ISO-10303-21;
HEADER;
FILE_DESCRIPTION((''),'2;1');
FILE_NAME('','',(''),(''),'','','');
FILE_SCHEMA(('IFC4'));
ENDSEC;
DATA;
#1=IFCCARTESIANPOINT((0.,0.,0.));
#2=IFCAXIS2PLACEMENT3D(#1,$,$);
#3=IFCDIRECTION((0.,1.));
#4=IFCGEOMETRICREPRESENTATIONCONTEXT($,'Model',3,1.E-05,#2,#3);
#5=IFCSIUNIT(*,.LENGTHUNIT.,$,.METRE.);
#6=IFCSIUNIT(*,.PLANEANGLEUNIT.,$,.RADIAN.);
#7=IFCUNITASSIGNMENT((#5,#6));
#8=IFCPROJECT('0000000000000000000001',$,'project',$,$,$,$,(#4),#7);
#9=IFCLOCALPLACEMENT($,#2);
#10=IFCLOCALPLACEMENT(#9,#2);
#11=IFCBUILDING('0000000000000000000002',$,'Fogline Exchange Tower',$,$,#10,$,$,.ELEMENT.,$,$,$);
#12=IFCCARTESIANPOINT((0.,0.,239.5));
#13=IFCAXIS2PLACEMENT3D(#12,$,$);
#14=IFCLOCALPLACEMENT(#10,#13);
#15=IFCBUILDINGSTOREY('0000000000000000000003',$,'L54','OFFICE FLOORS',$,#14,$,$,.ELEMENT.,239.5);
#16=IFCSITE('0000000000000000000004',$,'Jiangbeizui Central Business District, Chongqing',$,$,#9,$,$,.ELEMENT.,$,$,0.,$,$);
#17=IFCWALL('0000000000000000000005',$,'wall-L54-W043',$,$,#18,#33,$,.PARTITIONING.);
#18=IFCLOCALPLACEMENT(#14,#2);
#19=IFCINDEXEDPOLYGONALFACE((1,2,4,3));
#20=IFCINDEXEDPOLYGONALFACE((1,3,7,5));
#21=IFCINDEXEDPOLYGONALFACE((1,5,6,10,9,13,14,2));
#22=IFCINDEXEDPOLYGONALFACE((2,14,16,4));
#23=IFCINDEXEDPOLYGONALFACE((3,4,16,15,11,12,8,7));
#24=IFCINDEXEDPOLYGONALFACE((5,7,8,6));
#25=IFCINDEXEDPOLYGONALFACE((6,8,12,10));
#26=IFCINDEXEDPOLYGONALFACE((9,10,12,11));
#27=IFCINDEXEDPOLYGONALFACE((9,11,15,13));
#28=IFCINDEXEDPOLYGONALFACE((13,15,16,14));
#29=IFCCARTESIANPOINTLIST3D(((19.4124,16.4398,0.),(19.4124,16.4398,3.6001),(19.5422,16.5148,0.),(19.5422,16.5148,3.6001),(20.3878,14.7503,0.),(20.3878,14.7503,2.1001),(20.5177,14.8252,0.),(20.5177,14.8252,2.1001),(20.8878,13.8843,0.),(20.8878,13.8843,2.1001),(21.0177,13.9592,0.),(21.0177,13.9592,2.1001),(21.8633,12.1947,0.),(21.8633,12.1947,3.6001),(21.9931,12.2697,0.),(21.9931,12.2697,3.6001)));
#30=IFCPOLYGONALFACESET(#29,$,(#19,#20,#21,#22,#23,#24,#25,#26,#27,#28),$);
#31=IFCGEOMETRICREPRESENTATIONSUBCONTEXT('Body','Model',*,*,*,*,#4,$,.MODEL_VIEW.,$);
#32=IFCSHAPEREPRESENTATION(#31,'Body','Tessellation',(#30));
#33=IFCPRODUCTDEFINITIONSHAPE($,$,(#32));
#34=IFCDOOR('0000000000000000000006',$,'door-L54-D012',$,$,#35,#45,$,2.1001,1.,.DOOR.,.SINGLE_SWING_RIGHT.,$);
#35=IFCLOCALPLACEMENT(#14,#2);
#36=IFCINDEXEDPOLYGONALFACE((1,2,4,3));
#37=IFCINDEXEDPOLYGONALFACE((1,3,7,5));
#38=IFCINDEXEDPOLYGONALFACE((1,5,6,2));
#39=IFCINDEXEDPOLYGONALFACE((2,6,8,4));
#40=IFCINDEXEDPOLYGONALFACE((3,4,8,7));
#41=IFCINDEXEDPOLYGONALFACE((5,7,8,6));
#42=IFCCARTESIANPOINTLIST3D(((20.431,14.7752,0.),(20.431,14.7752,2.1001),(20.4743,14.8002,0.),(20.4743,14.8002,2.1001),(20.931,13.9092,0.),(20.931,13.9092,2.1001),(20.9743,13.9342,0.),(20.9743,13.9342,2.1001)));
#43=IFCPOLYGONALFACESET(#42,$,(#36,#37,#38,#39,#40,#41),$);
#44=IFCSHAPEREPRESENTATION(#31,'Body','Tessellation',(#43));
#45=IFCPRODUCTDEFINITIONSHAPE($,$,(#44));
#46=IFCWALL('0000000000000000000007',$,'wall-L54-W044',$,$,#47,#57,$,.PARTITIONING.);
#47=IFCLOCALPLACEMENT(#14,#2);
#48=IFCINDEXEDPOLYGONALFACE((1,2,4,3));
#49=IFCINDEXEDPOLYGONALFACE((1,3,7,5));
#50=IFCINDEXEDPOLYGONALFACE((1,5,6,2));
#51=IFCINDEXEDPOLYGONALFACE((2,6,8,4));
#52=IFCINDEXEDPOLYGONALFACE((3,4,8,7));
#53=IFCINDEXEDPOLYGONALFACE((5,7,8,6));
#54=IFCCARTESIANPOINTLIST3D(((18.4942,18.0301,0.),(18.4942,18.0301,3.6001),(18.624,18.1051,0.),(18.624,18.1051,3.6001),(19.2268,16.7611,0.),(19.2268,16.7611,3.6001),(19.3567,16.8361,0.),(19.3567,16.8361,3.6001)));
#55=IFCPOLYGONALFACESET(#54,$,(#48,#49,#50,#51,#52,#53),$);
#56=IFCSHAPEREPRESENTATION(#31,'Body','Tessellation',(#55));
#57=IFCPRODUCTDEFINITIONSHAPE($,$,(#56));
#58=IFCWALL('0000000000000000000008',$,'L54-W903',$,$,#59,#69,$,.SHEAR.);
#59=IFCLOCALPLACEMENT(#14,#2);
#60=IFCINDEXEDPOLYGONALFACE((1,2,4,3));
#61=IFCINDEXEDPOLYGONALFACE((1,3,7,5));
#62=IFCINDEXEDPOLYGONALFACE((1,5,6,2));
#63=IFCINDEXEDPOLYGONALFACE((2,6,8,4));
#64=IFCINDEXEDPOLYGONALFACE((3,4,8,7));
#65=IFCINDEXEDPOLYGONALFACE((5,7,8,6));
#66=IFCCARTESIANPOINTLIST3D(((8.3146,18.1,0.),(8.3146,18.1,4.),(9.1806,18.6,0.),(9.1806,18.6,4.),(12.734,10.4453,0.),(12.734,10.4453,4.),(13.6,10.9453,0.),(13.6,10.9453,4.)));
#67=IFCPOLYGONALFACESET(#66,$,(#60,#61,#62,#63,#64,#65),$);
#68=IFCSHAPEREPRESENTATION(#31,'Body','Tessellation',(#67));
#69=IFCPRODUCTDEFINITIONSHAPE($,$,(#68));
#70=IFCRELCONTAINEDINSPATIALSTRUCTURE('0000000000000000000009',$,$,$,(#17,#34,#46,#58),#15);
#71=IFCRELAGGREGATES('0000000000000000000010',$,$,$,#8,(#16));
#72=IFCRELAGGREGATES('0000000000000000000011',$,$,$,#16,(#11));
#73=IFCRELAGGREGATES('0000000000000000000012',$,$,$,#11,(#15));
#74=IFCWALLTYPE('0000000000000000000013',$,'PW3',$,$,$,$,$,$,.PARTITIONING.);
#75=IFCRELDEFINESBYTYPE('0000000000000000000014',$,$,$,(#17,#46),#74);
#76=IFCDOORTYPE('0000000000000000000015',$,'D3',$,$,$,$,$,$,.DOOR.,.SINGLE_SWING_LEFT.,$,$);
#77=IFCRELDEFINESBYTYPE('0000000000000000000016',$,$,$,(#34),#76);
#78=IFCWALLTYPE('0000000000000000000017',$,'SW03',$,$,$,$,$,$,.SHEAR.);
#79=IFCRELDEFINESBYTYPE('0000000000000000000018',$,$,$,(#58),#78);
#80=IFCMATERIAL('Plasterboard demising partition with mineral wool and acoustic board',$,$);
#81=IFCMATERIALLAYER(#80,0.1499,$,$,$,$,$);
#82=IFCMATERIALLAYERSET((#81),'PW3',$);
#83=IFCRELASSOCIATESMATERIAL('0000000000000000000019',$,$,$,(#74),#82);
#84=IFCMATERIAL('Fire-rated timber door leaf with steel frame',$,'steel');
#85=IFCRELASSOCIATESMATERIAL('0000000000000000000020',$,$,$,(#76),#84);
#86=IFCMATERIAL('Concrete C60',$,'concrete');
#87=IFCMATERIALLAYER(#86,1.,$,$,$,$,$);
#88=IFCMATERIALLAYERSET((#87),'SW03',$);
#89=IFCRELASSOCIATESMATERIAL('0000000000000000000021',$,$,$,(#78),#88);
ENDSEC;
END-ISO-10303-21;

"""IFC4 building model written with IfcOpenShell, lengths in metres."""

from ifc_helpers import new_model, si_unit, direction, frame, frame_2d, origin, place, context, subcontext, project, spatial, rectangle, extrude, material, layer, layer_set, type_object, element, fill, save


model = new_model("IFC4")

# Units and contexts
model_context = context("Model", 3, precision=1e-05, world=origin(), true_north=direction((0.0, 1.0)))
body_context = subcontext(model_context, "Body", "Model", "MODEL_VIEW")
ifc_project = project(units=[si_unit("LENGTHUNIT", "METRE"), si_unit("PLANEANGLEUNIT", "RADIAN")], contexts=[model_context])

# Site, building, storey
site_placement = place(None, origin())
site = spatial("IfcSite", under=ifc_project, at=site_placement, Name="Jiangbeizui Central Business District, Chongqing", CompositionType="ELEMENT", RefElevation=0.0)
building_placement = place(site_placement, origin())
building = spatial("IfcBuilding", under=site, at=building_placement, Name="Fogline Exchange Tower", CompositionType="ELEMENT")
storey_placement = place(building_placement, frame((0.0, 0.0, 239.5)))
storey = spatial("IfcBuildingStorey", under=building, at=storey_placement, Name="L54", Description="OFFICE FLOORS", CompositionType="ELEMENT", Elevation=239.5)

# Shared definitions
ifc_material_1 = material(Name="Concrete C60", Category="concrete")

# Shared definitions
ifc_material_2 = material(Name="Plasterboard demising partition with mineral wool and acoustic board")
ifc_layer_1 = layer(ifc_material_2, 0.1499)
ifc_layer_set_1 = layer_set([ifc_layer_1], Name="PW3")
wall_type_1 = type_object("IfcWallType", Name="PW3", PredefinedType="PARTITIONING", material=ifc_layer_set_1)

# Wall, opening, door
ifc_material_3 = material(Name="Fire-rated timber door leaf with steel frame", Category="steel")
door_type_1 = type_object("IfcDoorType", Name="D3", OperationType="SINGLE_SWING_LEFT", PredefinedType="DOOR", material=ifc_material_3)
wall_1_placement = place(storey_placement, frame((21.9282, 12.2322, 0.0), z_axis=(0.0, 0.0, 1.0), x_axis=(-0.500001, 0.866025, 0.0)))
wall_1 = element("IfcWall", 1, at=wall_1_placement, inside=storey, type_object=wall_type_1, Name="wall-L54-W043", PredefinedType="PARTITIONING", context=body_context, shape_type="SweptSolid", body=[
    extrude(rectangle(XDim=4.9019, YDim=0.1499, at=frame_2d((2.4509, 0.0))), origin(), (0.0, 0.0, 1.0), 3.6001),
])
opening_1_placement = place(wall_1_placement, frame((1.9509, 0.0, 0.0)))
opening_1 = element("IfcOpeningElement", 2, at=opening_1_placement, cuts=wall_1, PredefinedType="OPENING", context=body_context, shape_type="SweptSolid", body=[
    extrude(rectangle(XDim=1.0, YDim=2.1001, at=frame_2d((0.5, 1.05))), frame((0.0, 0.085, 0.0), z_axis=(0.0, -1.0, 0.0), x_axis=(1.0, 0.0, 0.0)), (0.0, 0.0, 1.0), 0.1699),
])
door_1_placement = place(opening_1_placement, frame((1.0, 0.0, 0.0), z_axis=(0.0, 0.0, 1.0), x_axis=(-1.0, 0.0, 0.0)))
door_1 = element("IfcDoor", 3, at=door_1_placement, inside=storey, type_object=door_type_1, Name="door-L54-D012", OperationType="SINGLE_SWING_RIGHT", OverallHeight=2.1001, OverallWidth=1.0, PredefinedType="DOOR", context=body_context, shape_type="SweptSolid", body=[
    extrude(rectangle(XDim=1.0, YDim=2.1001, at=frame_2d((0.5, 1.05))), frame((0.0, 0.0249, 0.0), z_axis=(0.0, -1.0, 0.0), x_axis=(1.0, 0.0, 0.0)), (0.0, 0.0, 1.0), 0.05),
])
fill(opening_1, door_1)

# Walls
wall_2_placement = place(storey_placement, frame((19.2917, 16.7986, 0.0), z_axis=(0.0, 0.0, 1.0), x_axis=(-0.499992, 0.86603, 0.0)))
element("IfcWall", 4, at=wall_2_placement, inside=storey, type_object=wall_type_1, Name="wall-L54-W044", PredefinedType="PARTITIONING", context=body_context, shape_type="SweptSolid", body=[
    extrude(rectangle(XDim=1.4653, YDim=0.1499, at=frame_2d((0.7327, 0.0))), origin(), (0.0, 0.0, 1.0), 3.6001),
])
ifc_layer_2 = layer(ifc_material_1, 1.0)
ifc_layer_set_2 = layer_set([ifc_layer_2], Name="SW03")
wall_type_2 = type_object("IfcWallType", Name="SW03", PredefinedType="SHEAR", material=ifc_layer_set_2)
wall_3_placement = place(storey_placement, frame((13.167, 10.6953, 0.0), z_axis=(0.0, 0.0, 1.0), x_axis=(-0.499995, 0.866028, 0.0)))
element("IfcWall", 5, at=wall_3_placement, inside=storey, type_object=wall_type_2, Name="L54-W903", PredefinedType="SHEAR", context=body_context, shape_type="SweptSolid", body=[
    extrude(rectangle(XDim=8.8389, YDim=1.0, at=frame_2d((4.4194, 0.0))), origin(), (0.0, 0.0, 1.0), 4.0),
])

save(model, "model.ifc")
